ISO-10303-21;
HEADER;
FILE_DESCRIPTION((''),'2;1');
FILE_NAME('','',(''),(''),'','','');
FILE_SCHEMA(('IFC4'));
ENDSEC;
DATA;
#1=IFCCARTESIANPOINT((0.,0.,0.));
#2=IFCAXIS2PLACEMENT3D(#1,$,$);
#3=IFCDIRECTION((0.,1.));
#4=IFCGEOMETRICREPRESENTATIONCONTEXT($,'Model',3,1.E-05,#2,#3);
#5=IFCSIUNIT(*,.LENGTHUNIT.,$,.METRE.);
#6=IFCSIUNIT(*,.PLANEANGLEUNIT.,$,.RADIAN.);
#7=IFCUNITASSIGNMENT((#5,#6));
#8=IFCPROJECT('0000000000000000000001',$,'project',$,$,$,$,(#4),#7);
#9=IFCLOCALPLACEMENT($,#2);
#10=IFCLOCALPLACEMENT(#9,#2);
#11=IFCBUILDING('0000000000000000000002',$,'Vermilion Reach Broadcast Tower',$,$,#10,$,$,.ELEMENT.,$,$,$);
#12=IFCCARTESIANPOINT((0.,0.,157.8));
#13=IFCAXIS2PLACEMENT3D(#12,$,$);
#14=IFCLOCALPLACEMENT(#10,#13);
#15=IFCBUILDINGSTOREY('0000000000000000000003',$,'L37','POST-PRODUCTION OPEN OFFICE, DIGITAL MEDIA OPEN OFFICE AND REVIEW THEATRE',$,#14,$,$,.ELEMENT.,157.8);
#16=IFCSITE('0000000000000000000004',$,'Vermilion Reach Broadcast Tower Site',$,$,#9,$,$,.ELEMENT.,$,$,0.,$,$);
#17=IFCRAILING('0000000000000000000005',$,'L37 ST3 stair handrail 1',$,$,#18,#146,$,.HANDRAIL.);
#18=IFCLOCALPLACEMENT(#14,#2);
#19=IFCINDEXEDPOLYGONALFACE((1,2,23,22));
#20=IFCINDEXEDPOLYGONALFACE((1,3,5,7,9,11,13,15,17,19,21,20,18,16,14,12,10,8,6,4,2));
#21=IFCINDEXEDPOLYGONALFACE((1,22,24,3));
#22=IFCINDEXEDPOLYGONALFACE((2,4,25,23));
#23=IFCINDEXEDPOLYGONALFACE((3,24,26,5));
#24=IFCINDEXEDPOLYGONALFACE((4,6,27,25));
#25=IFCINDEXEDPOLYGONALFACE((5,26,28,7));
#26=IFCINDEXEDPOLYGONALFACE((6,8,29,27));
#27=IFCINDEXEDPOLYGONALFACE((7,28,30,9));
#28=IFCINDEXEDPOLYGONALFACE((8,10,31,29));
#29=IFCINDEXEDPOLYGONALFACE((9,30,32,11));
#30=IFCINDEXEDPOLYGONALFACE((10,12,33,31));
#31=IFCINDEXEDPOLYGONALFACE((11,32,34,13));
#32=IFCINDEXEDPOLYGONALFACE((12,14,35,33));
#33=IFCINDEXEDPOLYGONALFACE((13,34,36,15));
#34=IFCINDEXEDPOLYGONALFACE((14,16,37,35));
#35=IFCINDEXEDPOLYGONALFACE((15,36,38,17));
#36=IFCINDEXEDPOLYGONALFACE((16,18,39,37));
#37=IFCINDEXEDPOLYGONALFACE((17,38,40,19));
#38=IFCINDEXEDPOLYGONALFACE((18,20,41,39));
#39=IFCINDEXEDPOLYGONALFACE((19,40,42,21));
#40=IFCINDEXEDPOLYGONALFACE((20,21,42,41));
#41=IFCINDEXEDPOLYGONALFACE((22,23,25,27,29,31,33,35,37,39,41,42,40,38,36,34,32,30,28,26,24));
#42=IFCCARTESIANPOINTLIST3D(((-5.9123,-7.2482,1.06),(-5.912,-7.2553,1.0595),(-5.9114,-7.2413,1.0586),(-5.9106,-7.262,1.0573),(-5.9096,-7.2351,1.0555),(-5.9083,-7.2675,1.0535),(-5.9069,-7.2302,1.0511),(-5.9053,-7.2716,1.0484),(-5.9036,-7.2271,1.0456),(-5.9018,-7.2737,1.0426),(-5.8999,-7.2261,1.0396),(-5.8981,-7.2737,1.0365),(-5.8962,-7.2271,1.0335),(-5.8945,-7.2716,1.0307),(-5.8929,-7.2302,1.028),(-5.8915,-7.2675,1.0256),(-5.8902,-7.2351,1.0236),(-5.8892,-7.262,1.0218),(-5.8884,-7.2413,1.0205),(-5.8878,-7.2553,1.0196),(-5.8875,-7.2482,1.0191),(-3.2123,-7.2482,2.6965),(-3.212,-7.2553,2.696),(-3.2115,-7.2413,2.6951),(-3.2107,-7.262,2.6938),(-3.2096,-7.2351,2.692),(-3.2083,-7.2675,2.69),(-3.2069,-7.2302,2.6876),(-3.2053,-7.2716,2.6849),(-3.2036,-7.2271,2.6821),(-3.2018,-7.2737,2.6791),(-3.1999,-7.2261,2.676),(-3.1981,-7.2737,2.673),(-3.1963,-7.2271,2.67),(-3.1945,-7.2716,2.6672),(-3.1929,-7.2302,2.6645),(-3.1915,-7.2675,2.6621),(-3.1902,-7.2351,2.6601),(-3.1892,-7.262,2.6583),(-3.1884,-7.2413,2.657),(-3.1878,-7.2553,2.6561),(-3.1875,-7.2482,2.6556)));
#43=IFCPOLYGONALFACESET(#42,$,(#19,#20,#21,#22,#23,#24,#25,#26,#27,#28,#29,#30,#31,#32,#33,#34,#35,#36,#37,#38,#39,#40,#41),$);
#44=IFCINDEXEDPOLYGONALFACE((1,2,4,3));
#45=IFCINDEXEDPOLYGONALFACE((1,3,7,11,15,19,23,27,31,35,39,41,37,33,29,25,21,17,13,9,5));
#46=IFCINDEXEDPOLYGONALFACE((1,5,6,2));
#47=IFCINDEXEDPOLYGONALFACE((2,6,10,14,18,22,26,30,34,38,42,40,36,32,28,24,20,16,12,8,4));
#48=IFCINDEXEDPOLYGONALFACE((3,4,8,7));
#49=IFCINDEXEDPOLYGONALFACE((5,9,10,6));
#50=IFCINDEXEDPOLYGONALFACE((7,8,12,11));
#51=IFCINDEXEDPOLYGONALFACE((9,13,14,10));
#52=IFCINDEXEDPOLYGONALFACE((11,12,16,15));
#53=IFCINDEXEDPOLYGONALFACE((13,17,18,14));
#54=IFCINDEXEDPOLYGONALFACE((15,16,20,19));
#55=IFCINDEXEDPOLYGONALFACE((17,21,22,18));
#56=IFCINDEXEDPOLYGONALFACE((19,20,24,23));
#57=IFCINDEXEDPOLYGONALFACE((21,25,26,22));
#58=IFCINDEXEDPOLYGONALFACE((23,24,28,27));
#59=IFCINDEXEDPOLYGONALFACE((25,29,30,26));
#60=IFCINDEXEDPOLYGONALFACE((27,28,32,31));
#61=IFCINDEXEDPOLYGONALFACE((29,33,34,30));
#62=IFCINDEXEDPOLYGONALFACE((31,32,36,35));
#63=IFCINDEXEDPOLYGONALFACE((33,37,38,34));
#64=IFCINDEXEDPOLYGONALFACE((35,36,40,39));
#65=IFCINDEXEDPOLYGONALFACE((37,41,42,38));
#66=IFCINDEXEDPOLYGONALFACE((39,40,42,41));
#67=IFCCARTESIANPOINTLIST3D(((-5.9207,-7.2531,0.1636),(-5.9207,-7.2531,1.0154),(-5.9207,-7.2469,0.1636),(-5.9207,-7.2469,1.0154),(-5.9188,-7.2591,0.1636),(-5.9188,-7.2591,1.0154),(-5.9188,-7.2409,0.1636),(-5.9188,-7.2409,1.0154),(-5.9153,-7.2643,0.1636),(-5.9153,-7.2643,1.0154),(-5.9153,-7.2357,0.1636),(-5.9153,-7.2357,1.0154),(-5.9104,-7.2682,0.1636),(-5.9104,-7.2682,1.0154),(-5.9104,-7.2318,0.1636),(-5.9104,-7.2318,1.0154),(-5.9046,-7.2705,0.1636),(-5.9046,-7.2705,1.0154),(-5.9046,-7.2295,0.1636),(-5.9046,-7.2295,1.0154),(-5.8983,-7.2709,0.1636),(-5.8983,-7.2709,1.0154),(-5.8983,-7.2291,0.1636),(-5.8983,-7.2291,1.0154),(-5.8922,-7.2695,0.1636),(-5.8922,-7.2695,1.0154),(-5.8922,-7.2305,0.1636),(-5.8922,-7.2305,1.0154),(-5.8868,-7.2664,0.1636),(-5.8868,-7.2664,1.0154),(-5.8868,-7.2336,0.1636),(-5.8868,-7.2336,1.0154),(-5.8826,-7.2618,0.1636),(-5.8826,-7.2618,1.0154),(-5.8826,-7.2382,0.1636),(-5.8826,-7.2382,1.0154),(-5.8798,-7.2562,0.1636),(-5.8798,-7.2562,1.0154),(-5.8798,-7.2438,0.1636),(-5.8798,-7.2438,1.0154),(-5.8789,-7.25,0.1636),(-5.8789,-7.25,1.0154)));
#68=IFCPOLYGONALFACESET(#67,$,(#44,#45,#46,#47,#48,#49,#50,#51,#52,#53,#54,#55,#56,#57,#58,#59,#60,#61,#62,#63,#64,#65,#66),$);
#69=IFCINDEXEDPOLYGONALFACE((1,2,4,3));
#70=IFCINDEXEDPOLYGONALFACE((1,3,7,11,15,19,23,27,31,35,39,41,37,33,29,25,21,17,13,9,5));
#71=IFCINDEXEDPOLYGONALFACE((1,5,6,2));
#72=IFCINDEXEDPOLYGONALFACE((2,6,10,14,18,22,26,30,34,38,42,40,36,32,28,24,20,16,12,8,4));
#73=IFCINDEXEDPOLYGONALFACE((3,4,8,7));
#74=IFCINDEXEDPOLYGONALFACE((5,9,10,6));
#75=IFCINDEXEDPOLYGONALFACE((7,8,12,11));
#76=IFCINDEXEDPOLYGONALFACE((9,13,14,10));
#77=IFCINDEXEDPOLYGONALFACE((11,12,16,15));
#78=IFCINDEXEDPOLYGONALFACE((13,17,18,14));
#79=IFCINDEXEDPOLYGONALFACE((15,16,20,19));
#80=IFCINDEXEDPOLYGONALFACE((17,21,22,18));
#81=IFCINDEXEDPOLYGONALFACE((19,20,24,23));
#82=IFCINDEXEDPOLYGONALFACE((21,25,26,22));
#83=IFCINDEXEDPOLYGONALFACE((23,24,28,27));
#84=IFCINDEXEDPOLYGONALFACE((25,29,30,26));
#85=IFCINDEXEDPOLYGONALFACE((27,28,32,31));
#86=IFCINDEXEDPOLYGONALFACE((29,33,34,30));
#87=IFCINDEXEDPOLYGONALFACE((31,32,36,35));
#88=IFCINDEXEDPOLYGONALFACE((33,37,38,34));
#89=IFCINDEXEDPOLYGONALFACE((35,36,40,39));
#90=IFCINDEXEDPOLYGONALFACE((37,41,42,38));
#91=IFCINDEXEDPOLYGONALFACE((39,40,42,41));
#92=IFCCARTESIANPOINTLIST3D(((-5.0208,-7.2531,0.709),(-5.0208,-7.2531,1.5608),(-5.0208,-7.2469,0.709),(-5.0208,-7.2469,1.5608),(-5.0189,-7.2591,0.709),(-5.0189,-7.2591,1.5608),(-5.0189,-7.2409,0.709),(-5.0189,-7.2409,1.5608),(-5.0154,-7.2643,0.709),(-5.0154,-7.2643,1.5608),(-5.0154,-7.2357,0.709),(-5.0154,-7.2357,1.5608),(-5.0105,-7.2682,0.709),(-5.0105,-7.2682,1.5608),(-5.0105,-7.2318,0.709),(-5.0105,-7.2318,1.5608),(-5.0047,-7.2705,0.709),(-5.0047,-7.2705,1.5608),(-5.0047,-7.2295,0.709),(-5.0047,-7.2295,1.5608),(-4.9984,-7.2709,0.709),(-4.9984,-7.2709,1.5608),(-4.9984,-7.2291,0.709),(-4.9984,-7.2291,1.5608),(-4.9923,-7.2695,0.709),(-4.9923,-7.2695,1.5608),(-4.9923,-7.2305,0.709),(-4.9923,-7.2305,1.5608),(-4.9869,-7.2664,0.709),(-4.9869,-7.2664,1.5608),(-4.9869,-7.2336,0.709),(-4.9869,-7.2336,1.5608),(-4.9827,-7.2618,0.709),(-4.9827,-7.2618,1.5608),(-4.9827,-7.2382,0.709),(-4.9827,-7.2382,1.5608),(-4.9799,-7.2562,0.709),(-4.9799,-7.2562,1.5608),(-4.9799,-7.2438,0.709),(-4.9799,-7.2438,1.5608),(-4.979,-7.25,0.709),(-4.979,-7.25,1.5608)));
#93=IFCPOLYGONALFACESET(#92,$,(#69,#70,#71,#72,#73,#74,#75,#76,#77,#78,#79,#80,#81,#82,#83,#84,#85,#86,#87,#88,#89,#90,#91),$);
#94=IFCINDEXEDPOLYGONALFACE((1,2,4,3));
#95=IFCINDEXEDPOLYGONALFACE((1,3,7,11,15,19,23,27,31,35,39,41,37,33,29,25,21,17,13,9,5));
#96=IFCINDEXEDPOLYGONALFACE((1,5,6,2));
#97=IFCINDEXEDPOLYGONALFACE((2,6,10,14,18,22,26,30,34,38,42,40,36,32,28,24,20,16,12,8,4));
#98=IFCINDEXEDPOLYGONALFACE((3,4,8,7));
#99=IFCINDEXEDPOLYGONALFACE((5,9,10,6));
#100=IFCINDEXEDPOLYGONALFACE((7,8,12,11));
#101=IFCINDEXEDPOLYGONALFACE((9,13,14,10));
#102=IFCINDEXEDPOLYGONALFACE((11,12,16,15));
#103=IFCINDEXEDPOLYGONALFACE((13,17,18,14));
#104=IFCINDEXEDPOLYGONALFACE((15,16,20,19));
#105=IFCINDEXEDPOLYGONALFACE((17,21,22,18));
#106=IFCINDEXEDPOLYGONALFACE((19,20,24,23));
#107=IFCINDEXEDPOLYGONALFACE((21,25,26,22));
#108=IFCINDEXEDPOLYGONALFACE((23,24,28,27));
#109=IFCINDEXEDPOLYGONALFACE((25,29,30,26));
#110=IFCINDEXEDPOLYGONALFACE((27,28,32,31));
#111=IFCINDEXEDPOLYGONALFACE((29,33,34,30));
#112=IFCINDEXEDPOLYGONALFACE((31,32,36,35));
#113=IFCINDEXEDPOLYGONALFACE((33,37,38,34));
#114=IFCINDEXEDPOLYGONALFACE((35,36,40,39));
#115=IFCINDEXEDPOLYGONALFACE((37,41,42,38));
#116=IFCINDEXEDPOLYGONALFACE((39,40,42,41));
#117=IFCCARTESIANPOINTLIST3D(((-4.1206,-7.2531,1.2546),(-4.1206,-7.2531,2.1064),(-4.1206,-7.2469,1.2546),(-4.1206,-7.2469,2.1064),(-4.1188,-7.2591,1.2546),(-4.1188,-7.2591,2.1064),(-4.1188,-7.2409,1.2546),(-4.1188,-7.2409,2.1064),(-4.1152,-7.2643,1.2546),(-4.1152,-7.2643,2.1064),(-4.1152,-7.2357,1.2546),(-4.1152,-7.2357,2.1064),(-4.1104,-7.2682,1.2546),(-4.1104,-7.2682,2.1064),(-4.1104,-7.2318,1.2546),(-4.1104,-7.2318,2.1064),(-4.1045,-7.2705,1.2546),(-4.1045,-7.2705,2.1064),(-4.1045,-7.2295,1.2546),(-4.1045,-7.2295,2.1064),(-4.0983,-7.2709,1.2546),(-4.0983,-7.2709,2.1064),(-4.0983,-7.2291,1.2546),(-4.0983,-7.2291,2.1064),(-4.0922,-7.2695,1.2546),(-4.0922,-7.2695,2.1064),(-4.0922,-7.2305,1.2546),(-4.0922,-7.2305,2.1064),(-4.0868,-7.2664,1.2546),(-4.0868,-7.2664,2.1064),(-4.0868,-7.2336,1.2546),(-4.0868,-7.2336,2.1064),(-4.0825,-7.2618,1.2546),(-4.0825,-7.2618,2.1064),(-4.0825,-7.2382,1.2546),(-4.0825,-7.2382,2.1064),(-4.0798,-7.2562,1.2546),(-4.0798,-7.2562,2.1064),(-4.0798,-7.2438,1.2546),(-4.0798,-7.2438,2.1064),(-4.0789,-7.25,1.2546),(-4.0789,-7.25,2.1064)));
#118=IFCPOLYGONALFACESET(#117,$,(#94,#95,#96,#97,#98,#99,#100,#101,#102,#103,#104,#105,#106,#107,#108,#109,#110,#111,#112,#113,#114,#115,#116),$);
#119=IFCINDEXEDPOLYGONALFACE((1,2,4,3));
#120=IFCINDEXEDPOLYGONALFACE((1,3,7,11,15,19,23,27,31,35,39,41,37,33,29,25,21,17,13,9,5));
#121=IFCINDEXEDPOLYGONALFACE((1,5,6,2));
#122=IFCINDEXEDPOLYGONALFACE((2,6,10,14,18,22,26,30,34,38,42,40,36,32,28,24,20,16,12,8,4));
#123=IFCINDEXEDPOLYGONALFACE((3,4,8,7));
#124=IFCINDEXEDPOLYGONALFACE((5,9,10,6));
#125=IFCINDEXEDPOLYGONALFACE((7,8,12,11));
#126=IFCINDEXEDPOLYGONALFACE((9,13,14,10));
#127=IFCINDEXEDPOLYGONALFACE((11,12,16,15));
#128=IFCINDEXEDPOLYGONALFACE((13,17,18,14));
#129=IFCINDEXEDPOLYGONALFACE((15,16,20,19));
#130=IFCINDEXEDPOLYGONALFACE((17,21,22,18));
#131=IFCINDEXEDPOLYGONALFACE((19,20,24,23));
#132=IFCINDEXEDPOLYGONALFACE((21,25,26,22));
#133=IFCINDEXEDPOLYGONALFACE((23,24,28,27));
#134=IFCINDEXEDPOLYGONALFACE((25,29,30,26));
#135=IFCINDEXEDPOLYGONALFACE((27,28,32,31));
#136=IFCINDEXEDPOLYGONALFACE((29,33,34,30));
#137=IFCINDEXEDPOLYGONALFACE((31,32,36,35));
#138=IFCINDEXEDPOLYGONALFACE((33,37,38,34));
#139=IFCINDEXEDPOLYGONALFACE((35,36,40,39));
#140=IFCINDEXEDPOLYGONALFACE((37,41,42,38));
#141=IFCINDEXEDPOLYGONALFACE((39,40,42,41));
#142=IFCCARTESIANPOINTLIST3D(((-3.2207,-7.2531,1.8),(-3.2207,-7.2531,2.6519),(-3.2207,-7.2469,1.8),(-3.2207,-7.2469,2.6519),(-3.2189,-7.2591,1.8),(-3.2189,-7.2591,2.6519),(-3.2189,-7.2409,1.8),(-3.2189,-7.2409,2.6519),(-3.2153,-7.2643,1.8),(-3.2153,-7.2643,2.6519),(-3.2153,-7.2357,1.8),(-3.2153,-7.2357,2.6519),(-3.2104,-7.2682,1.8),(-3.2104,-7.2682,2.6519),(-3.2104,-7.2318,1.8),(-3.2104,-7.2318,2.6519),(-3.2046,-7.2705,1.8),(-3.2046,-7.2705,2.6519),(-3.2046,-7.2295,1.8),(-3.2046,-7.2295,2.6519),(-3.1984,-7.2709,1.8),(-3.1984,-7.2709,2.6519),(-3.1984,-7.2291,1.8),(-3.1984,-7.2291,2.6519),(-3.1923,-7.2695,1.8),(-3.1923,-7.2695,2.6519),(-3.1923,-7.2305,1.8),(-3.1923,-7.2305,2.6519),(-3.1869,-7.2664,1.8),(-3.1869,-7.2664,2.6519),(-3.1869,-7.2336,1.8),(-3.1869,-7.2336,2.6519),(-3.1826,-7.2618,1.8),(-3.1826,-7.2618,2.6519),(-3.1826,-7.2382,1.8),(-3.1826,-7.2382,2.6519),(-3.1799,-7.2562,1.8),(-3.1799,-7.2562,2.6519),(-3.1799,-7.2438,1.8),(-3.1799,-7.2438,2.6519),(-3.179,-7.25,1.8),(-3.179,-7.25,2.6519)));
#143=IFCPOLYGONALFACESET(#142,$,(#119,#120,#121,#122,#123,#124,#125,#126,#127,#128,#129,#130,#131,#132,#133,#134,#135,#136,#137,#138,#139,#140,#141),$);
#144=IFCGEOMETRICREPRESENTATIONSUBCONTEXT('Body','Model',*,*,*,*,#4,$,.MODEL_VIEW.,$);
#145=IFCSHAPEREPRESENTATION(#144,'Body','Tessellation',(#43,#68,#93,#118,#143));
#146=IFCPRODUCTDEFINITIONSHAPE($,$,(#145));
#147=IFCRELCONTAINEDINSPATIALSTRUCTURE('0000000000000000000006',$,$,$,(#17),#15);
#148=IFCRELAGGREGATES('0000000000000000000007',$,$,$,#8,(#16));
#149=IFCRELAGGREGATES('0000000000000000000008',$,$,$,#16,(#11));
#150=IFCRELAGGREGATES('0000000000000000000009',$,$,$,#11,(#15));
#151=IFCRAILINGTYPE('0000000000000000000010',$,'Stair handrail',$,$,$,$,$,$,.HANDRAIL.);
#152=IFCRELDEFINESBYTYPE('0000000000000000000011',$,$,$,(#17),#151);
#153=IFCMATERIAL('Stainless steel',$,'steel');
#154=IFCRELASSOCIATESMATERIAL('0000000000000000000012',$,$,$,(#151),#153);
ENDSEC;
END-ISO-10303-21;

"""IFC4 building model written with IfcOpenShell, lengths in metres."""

from ifc_helpers import new_model, si_unit, direction, frame, origin, origin_2d, place, context, subcontext, project, spatial, circle, extrude, material, type_object, element, save


model = new_model("IFC4")

# Units and contexts
model_context = context("Model", 3, precision=1e-05, world=origin(), true_north=direction((0.0, 1.0)))
body_context = subcontext(model_context, "Body", "Model", "MODEL_VIEW")
ifc_project = project(units=[si_unit("LENGTHUNIT", "METRE"), si_unit("PLANEANGLEUNIT", "RADIAN")], contexts=[model_context])

# Site, building, storey
site_placement = place(None, origin())
site = spatial("IfcSite", under=ifc_project, at=site_placement, Name="Vermilion Reach Broadcast Tower Site", CompositionType="ELEMENT", RefElevation=0.0)
building_placement = place(site_placement, origin())
building = spatial("IfcBuilding", under=site, at=building_placement, Name="Vermilion Reach Broadcast Tower", CompositionType="ELEMENT")
storey_placement = place(building_placement, frame((0.0, 0.0, 157.8)))
storey = spatial("IfcBuildingStorey", under=building, at=storey_placement, Name="L37", Description="POST-PRODUCTION OPEN OFFICE, DIGITAL MEDIA OPEN OFFICE AND REVIEW THEATRE", CompositionType="ELEMENT", Elevation=157.8)

# Railing
ifc_material_1 = material(Name="Stainless steel", Category="steel")
railing_type_1 = type_object("IfcRailingType", Name="Stair handrail", PredefinedType="HANDRAIL", material=ifc_material_1)
railing_1_placement = place(storey_placement, frame((-5.8999, -7.25, 0.1636)))
element("IfcRailing", 1, at=railing_1_placement, inside=storey, type_object=railing_type_1, Name="L37 ST3 stair handrail 1", PredefinedType="HANDRAIL", context=body_context, shape_type="SweptSolid", body=[
    extrude(circle(Radius=0.0239, at=origin_2d()), frame((0.0, 0.0, 0.876), z_axis=(0.855178, 0.0, 0.518334), x_axis=(0.0, 1.0, 0.0)), (0.0, 0.0, 1.0), 3.1572),
    extrude(circle(Radius=0.021, at=origin_2d()), origin(), (0.0, 0.0, 1.0), 0.8518),
    extrude(circle(Radius=0.021, at=origin_2d()), frame((0.8999, 0.0, 0.5454)), (0.0, 0.0, 1.0), 0.8518),
    extrude(circle(Radius=0.021, at=origin_2d()), frame((1.8, 0.0, 1.0911)), (0.0, 0.0, 1.0), 0.8518),
    extrude(circle(Radius=0.021, at=origin_2d()), frame((2.7, 0.0, 1.6365)), (0.0, 0.0, 1.0), 0.8518),
])

save(model, "model.ifc")
